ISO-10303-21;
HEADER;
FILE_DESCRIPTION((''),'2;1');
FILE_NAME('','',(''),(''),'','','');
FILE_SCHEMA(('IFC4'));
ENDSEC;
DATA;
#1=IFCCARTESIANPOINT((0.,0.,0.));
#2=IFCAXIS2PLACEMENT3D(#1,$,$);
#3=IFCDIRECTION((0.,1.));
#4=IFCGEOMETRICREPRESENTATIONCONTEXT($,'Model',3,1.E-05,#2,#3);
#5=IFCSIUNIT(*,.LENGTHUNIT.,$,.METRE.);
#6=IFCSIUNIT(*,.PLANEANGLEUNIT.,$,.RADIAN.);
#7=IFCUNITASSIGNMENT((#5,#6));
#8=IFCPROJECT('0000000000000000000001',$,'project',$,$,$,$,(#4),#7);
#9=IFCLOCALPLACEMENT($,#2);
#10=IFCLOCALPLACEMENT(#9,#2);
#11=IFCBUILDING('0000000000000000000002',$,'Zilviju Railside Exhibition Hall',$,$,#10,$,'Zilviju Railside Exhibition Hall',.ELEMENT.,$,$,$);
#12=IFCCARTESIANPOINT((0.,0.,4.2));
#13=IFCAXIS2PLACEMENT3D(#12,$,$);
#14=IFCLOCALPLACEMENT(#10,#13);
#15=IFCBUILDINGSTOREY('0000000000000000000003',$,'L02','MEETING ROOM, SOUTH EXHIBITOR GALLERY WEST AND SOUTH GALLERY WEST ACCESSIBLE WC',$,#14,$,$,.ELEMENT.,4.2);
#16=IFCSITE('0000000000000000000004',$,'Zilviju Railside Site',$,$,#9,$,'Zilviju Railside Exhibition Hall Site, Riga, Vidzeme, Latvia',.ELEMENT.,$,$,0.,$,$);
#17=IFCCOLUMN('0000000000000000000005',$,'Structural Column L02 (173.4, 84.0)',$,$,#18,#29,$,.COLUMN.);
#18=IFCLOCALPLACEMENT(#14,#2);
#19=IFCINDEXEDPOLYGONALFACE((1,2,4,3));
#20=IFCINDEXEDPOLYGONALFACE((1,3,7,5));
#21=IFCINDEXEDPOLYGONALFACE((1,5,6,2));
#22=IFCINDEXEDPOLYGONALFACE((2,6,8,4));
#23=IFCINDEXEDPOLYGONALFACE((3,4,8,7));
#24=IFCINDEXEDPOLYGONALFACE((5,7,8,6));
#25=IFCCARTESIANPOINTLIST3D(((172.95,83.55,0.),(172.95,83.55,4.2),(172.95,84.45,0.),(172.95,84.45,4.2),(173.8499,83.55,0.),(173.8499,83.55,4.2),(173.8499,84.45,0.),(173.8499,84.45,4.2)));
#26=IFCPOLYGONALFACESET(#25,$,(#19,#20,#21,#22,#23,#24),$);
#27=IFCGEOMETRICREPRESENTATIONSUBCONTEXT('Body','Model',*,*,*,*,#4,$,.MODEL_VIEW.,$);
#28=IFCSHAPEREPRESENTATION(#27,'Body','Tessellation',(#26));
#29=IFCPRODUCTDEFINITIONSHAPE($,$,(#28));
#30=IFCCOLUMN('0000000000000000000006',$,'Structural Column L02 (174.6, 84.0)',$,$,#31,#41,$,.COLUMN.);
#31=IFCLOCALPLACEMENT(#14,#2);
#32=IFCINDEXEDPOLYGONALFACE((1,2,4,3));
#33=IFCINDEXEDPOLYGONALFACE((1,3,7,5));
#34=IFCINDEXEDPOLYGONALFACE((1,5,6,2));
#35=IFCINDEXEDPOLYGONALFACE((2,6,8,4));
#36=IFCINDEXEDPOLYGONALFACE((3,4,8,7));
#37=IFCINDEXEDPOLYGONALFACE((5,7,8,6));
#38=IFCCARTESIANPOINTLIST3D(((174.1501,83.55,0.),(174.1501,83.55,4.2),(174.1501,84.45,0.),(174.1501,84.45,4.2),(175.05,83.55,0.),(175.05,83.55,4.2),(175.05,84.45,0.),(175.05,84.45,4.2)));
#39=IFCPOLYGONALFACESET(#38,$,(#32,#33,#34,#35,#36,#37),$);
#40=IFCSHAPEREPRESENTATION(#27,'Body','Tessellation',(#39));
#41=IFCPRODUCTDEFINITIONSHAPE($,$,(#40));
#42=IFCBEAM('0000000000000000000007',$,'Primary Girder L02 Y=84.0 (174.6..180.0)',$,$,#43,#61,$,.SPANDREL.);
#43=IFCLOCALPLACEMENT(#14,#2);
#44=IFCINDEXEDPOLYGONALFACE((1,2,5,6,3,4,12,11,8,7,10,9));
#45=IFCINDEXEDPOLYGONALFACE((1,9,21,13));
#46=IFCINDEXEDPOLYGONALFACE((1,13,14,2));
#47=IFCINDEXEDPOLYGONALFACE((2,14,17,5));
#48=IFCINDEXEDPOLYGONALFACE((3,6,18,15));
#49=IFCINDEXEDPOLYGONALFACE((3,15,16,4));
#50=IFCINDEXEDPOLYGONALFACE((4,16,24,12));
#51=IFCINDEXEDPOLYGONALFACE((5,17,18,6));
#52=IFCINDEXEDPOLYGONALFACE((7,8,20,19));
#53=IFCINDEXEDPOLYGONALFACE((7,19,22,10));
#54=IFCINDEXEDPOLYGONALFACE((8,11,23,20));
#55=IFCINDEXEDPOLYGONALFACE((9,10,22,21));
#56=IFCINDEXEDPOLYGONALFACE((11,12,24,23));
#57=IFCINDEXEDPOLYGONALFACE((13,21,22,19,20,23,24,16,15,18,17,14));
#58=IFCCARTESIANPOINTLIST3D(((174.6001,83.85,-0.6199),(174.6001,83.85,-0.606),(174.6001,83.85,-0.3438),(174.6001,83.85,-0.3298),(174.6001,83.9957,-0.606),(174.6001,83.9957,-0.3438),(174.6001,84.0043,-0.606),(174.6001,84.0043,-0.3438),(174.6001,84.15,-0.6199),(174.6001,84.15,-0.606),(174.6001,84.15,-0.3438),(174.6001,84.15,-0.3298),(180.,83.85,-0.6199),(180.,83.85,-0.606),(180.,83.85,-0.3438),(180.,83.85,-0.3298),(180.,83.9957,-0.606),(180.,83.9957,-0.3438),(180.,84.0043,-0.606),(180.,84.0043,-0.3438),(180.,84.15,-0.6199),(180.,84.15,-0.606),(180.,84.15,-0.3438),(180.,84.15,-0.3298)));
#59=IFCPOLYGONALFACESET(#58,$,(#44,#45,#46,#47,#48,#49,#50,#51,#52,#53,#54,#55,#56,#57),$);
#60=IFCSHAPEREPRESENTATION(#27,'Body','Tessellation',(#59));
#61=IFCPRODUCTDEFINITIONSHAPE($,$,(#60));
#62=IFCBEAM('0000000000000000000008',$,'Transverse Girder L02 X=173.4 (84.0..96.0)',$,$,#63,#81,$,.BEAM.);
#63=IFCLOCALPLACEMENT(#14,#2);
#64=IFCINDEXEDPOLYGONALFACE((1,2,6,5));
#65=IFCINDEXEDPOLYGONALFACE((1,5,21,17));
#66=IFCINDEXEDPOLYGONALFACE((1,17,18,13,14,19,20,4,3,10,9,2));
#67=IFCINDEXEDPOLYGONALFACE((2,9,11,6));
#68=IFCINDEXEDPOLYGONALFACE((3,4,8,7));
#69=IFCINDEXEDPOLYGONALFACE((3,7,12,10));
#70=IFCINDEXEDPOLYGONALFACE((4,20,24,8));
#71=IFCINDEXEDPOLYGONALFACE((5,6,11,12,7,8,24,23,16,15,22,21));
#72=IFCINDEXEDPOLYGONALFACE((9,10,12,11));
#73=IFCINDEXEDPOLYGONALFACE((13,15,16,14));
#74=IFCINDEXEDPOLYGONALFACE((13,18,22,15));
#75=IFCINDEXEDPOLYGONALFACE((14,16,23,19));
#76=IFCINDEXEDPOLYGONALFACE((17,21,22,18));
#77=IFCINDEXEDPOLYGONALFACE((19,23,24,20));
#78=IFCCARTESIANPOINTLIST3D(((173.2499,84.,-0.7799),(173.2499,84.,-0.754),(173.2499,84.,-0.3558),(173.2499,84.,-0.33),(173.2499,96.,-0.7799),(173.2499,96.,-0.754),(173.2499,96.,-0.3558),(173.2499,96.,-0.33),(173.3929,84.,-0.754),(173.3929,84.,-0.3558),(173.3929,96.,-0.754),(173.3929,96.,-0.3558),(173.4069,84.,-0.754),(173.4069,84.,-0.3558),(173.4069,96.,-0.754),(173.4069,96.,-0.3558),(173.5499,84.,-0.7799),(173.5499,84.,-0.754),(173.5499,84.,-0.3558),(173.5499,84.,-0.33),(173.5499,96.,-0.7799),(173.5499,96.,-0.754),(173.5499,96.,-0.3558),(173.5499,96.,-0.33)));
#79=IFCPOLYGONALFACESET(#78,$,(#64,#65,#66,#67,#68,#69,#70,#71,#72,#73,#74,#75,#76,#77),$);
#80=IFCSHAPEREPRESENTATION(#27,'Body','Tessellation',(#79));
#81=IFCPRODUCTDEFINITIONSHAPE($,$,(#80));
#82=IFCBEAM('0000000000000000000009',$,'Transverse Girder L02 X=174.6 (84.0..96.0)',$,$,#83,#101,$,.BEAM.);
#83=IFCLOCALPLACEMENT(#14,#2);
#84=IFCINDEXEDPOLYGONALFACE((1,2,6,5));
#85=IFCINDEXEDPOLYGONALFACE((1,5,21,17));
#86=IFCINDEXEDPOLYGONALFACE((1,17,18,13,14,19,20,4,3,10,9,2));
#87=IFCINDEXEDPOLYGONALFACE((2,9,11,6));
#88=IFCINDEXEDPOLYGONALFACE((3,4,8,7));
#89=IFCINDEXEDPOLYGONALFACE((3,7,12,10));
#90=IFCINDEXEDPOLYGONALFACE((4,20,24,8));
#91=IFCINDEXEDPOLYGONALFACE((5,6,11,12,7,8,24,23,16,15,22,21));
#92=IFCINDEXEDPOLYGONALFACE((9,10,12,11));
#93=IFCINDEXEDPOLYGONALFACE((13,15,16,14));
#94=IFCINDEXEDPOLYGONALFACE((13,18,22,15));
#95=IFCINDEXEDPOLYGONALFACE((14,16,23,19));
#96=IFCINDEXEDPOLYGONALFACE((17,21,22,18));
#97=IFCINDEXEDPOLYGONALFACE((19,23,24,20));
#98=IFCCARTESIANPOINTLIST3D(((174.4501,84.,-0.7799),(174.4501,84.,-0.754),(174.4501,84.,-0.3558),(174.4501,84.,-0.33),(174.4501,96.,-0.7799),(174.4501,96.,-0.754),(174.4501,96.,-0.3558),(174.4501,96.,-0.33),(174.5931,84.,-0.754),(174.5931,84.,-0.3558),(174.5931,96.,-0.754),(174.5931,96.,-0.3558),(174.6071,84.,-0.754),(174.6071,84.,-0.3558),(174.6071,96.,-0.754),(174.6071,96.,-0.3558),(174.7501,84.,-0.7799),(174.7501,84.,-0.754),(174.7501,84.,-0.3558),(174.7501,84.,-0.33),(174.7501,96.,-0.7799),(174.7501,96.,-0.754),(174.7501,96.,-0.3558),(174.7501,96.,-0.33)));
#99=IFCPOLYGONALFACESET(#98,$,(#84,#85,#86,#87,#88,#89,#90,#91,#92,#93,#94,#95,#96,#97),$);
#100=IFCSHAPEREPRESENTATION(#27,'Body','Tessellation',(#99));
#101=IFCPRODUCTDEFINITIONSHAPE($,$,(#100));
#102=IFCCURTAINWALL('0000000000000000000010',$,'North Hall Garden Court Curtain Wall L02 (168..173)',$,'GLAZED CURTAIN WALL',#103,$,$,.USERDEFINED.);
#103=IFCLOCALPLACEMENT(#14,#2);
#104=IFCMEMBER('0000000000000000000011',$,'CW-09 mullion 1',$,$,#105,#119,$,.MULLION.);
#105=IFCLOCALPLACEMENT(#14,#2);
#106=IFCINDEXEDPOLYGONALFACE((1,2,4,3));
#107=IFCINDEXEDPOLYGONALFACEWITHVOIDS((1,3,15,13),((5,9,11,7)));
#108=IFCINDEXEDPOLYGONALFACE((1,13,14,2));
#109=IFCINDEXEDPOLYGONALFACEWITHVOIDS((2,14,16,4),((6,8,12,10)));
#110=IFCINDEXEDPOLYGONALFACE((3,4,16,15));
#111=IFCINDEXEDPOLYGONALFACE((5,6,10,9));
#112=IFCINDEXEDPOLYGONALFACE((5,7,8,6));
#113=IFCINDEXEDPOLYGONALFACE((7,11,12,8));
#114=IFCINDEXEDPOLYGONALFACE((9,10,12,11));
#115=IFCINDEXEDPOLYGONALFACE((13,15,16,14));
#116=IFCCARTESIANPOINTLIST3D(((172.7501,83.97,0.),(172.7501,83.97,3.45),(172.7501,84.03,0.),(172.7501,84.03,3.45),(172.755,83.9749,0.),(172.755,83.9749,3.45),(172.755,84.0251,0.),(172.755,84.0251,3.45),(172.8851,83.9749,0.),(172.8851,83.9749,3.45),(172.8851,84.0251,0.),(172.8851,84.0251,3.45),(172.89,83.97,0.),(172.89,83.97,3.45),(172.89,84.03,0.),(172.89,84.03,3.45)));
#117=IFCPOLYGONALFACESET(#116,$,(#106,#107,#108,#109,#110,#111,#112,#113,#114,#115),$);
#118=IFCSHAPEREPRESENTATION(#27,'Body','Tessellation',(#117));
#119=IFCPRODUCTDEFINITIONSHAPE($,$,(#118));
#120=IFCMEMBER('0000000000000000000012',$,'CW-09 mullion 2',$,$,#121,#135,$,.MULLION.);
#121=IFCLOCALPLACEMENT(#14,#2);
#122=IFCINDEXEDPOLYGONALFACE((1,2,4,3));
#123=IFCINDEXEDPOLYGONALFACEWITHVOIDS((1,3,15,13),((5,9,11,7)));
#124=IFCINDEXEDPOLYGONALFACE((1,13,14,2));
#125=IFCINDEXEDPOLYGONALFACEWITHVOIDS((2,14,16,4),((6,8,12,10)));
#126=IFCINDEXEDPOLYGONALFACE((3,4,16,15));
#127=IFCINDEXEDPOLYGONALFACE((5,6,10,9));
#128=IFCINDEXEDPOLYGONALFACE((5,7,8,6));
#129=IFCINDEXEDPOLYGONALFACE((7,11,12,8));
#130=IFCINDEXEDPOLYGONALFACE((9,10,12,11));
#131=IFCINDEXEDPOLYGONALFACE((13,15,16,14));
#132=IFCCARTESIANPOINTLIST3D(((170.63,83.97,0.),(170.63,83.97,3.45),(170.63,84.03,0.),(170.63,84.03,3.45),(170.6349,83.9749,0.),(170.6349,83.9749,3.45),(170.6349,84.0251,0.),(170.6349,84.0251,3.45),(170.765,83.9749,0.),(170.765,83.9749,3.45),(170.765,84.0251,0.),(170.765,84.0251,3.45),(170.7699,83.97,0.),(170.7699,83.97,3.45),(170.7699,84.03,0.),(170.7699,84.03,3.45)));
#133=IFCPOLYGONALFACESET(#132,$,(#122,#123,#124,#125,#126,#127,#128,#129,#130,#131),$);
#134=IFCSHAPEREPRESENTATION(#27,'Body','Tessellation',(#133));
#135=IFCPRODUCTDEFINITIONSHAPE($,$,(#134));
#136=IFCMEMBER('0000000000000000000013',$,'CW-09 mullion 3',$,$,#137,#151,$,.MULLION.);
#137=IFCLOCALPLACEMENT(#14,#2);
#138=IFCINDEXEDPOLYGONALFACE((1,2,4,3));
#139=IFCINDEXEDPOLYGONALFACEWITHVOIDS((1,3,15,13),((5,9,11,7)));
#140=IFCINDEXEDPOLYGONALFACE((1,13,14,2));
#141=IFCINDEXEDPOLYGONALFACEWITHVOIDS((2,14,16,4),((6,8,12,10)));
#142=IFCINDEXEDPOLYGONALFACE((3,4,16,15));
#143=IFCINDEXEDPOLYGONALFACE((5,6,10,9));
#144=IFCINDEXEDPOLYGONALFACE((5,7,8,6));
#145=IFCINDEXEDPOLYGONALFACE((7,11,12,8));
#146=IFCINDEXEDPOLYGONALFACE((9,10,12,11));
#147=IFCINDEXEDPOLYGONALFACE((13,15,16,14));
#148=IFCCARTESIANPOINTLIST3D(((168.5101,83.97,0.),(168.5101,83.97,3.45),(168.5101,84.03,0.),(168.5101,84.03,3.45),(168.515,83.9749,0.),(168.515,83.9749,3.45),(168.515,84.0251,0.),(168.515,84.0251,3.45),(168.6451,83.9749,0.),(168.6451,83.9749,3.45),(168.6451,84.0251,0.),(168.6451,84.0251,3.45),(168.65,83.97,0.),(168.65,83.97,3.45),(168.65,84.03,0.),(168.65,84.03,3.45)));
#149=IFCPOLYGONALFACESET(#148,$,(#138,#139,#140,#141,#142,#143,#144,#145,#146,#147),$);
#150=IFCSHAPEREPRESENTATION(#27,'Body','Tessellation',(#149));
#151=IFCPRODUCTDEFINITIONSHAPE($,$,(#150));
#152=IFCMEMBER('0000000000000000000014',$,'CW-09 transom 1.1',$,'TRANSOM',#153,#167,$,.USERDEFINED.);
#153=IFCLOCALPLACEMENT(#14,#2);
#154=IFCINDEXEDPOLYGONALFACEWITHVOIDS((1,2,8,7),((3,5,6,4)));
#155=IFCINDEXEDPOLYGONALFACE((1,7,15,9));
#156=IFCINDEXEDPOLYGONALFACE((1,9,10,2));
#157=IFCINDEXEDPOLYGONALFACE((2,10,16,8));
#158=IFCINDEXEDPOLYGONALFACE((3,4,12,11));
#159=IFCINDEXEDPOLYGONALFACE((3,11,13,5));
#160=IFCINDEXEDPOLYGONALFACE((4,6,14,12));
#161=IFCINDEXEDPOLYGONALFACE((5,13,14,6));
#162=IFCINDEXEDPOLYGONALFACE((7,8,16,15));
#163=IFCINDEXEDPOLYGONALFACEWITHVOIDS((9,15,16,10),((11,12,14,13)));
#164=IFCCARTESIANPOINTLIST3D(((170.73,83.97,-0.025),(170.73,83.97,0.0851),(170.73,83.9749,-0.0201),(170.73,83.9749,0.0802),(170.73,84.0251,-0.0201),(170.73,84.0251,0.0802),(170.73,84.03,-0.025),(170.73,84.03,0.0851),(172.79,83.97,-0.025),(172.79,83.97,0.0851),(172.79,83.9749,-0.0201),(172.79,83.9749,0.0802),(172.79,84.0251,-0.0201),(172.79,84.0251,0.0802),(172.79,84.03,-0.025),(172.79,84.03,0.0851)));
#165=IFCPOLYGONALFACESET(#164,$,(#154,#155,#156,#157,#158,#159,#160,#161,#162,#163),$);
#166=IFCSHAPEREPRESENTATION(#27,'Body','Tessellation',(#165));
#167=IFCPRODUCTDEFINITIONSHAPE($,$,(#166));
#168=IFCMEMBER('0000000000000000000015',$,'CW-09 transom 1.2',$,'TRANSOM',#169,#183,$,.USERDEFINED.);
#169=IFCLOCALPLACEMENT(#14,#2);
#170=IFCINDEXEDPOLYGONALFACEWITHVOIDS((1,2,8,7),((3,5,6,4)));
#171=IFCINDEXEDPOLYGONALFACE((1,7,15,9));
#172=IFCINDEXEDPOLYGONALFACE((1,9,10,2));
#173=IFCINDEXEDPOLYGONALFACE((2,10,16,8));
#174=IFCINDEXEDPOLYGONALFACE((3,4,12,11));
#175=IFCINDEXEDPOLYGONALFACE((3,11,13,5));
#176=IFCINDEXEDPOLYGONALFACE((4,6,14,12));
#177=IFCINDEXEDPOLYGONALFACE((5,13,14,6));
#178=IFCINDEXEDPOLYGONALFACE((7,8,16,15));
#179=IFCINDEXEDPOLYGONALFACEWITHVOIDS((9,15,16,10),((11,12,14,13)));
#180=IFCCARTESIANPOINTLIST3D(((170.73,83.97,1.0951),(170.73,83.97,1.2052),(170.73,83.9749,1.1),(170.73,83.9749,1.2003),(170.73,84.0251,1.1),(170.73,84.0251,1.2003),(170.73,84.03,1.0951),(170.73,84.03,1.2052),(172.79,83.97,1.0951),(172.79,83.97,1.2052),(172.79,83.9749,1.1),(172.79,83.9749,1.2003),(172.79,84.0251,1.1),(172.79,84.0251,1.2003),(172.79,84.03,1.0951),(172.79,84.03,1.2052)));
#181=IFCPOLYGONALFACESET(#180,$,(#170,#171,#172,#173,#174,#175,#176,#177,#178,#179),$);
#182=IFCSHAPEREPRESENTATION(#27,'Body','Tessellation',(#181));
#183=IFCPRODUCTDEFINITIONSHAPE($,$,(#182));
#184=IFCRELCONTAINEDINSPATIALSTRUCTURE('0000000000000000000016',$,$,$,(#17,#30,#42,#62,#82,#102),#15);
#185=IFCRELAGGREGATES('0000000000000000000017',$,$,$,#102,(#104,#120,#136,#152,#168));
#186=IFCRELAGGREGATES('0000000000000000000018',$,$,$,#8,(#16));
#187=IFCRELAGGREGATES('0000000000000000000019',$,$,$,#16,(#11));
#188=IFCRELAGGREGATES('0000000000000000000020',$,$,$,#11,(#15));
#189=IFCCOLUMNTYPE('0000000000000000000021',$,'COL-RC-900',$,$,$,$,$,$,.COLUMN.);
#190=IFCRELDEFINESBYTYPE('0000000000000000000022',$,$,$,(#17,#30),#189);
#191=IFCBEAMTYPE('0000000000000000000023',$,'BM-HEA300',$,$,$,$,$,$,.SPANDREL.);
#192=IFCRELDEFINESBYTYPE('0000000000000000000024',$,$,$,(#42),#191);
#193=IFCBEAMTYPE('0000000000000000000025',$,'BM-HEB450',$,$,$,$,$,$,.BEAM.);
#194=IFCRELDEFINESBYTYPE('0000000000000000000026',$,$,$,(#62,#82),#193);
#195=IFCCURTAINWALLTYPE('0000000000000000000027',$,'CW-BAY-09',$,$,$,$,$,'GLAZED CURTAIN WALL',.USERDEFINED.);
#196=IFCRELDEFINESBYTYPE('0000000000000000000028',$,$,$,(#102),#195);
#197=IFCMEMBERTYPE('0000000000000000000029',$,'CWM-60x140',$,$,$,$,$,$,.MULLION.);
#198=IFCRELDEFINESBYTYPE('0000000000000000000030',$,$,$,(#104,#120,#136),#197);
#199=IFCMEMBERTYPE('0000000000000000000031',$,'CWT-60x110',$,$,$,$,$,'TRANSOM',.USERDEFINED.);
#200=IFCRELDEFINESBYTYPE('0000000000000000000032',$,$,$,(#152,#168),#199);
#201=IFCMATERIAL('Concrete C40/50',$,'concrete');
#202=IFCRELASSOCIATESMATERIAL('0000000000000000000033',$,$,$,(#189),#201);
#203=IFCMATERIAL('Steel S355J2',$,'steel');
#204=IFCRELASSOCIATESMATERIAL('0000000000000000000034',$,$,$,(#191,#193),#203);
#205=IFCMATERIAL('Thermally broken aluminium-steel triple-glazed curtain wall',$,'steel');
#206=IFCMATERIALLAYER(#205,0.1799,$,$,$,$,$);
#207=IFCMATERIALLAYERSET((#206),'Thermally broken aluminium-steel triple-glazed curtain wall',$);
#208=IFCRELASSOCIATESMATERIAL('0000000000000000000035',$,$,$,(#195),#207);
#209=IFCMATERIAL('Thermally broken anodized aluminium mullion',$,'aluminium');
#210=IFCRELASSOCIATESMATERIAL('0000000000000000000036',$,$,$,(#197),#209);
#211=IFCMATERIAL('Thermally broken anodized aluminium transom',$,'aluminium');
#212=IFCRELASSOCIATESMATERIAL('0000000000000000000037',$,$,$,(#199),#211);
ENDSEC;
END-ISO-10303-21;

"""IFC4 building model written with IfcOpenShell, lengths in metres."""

from ifc_helpers import new_model, si_unit, direction, frame, origin, origin_2d, place, context, subcontext, project, spatial, rectangle, hollow_rectangle, i_section, extrude, material, layer, layer_set, material_profile, profile_set, type_object, element, aggregate, save


model = new_model("IFC4")

# Units and contexts
model_context = context("Model", 3, precision=1e-05, world=origin(), true_north=direction((0.0, 1.0)))
body_context = subcontext(model_context, "Body", "Model", "MODEL_VIEW")
ifc_project = project(units=[si_unit("LENGTHUNIT", "METRE"), si_unit("PLANEANGLEUNIT", "RADIAN")], contexts=[model_context])

# Site, building, storey
site_placement = place(None, origin())
site = spatial("IfcSite", under=ifc_project, at=site_placement, Name="Zilviju Railside Site", LongName="Zilviju Railside Exhibition Hall Site, Riga, Vidzeme, Latvia", CompositionType="ELEMENT", RefElevation=0.0)
building_placement = place(site_placement, origin())
building = spatial("IfcBuilding", under=site, at=building_placement, Name="Zilviju Railside Exhibition Hall", LongName="Zilviju Railside Exhibition Hall", CompositionType="ELEMENT")
storey_placement = place(building_placement, frame((0.0, 0.0, 4.2)))
storey = spatial("IfcBuildingStorey", under=building, at=storey_placement, Name="L02", Description="MEETING ROOM, SOUTH EXHIBITOR GALLERY WEST AND SOUTH GALLERY WEST ACCESSIBLE WC", CompositionType="ELEMENT", Elevation=4.2)

# Columns
ifc_material_1 = material(Name="Concrete C40/50", Category="concrete")
ifc_material_profile_1 = material_profile(ifc_material_1, rectangle(XDim=0.8999, YDim=0.8999, at=origin_2d()), Name="RC COL 900x900")
ifc_profile_set_1 = profile_set([ifc_material_profile_1], Name="Concrete C40/50")
column_type = type_object("IfcColumnType", Name="COL-RC-900", PredefinedType="COLUMN", material=ifc_profile_set_1)
for number, where, z_axis, x_axis, name in (
    (1, (173.3999, 84.0, 0.0), (0.0, 0.0, 1.0), (1.0, 0.0, 0.0), "Structural Column L02 (173.4, 84.0)"),
    (2, (174.6001, 84.0, 0.0), (0.0, 0.0, 1.0), (1.0, 0.0, 0.0), "Structural Column L02 (174.6, 84.0)"),
):
    element("IfcColumn", number, at=place(storey_placement, frame(where, z_axis=z_axis, x_axis=x_axis)), inside=storey, type_object=column_type, Name=name, PredefinedType="COLUMN", context=body_context, shape_type="SweptSolid", body=[
        extrude(rectangle(XDim=0.8999, YDim=0.8999, at=origin_2d()), origin(), (0.0, 0.0, 1.0), 4.2),
    ])

# Beams
ifc_material_2 = material(Name="Steel S355J2", Category="steel")
ifc_material_profile_2 = material_profile(ifc_material_2, i_section(OverallWidth=0.3, OverallDepth=0.29, WebThickness=0.0085, FlangeThickness=0.0139, at=origin_2d()), Name="HEA 300")
ifc_profile_set_2 = profile_set([ifc_material_profile_2], Name="Steel S355J2")
beam_type_1 = type_object("IfcBeamType", Name="BM-HEA300", PredefinedType="SPANDREL", material=ifc_profile_set_2)
beam_placement = place(storey_placement, frame((174.6001, 84.0, -0.4749), z_axis=(1.0, 0.0, 0.0), x_axis=(0.0, 1.0, 0.0)))
element("IfcBeam", 3, at=beam_placement, inside=storey, type_object=beam_type_1, Name="Primary Girder L02 Y=84.0 (174.6..180.0)", PredefinedType="SPANDREL", context=body_context, shape_type="SweptSolid", body=[
    extrude(i_section(OverallWidth=0.3, OverallDepth=0.29, WebThickness=0.0085, FlangeThickness=0.0139, at=origin_2d()), origin(), (0.0, 0.0, 1.0), 5.3999),
])
ifc_material_profile_3 = material_profile(ifc_material_2, i_section(OverallWidth=0.3, OverallDepth=0.45, WebThickness=0.0139, FlangeThickness=0.0259, at=origin_2d()), Name="HEB 450")
ifc_profile_set_3 = profile_set([ifc_material_profile_3], Name="Steel S355J2")
beam_type_2 = type_object("IfcBeamType", Name="BM-HEB450", PredefinedType="BEAM", material=ifc_profile_set_3)
for number, where, z_axis, x_axis, name in (
    (4, (173.3999, 84.0, -0.5549), (0.0, 1.0, 0.0), (-1.0, 0.0, 0.0), "Transverse Girder L02 X=173.4 (84.0..96.0)"),
    (5, (174.6001, 84.0, -0.5549), (0.0, 1.0, 0.0), (-1.0, 0.0, 0.0), "Transverse Girder L02 X=174.6 (84.0..96.0)"),
):
    element("IfcBeam", number, at=place(storey_placement, frame(where, z_axis=z_axis, x_axis=x_axis)), inside=storey, type_object=beam_type_2, Name=name, PredefinedType="BEAM", context=body_context, shape_type="SweptSolid", body=[
        extrude(i_section(OverallWidth=0.3, OverallDepth=0.45, WebThickness=0.0139, FlangeThickness=0.0259, at=origin_2d()), origin(), (0.0, 0.0, 1.0), 12.0),
    ])

# Curtain wall, members
ifc_material_3 = material(Name="Thermally broken aluminium-steel triple-glazed curtain wall", Category="steel")
ifc_layer_1 = layer(ifc_material_3, 0.1799)
ifc_layer_set_1 = layer_set([ifc_layer_1], Name="Thermally broken aluminium-steel triple-glazed curtain wall")
curtain_wall_type = type_object("IfcCurtainWallType", Name="CW-BAY-09", ElementType="GLAZED CURTAIN WALL", PredefinedType="USERDEFINED", material=ifc_layer_set_1)
curtain_wall_placement = place(storey_placement, origin())
curtain_wall = element("IfcCurtainWall", 6, at=curtain_wall_placement, inside=storey, type_object=curtain_wall_type, Name="North Hall Garden Court Curtain Wall L02 (168..173)", ObjectType="GLAZED CURTAIN WALL", PredefinedType="USERDEFINED")
ifc_material_4 = material(Name="Thermally broken anodized aluminium mullion", Category="aluminium")
ifc_material_profile_4 = material_profile(ifc_material_4, hollow_rectangle(XDim=0.0601, YDim=0.1399, WallThickness=0.0049, at=origin_2d()), Name="MULLION 140x60x5")
ifc_profile_set_4 = profile_set([ifc_material_profile_4], Name="Thermally broken anodized aluminium mullion")
member_type_1 = type_object("IfcMemberType", Name="CWM-60x140", PredefinedType="MULLION", material=ifc_profile_set_4)
member_1_placement = place(storey_placement, frame((172.8201, 84.0, 0.0), z_axis=(0.0, 0.0, 1.0), x_axis=(0.0, -1.0, 0.0)))
member_1 = element("IfcMember", 7, at=member_1_placement, type_object=member_type_1, Name="CW-09 mullion 1", PredefinedType="MULLION", context=body_context, shape_type="SweptSolid", body=[
    extrude(hollow_rectangle(XDim=0.0601, YDim=0.1399, WallThickness=0.0049, at=origin_2d()), origin(), (0.0, 0.0, 1.0), 3.45),
])
member_2_placement = place(storey_placement, frame((170.7, 84.0, 0.0), z_axis=(0.0, 0.0, 1.0), x_axis=(0.0, -1.0, 0.0)))
member_2 = element("IfcMember", 8, at=member_2_placement, type_object=member_type_1, Name="CW-09 mullion 2", PredefinedType="MULLION", context=body_context, shape_type="SweptSolid", body=[
    extrude(hollow_rectangle(XDim=0.0601, YDim=0.1399, WallThickness=0.0049, at=origin_2d()), origin(), (0.0, 0.0, 1.0), 3.45),
])
member_3_placement = place(storey_placement, frame((168.5801, 84.0, 0.0), z_axis=(0.0, 0.0, 1.0), x_axis=(0.0, -1.0, 0.0)))
member_3 = element("IfcMember", 9, at=member_3_placement, type_object=member_type_1, Name="CW-09 mullion 3", PredefinedType="MULLION", context=body_context, shape_type="SweptSolid", body=[
    extrude(hollow_rectangle(XDim=0.0601, YDim=0.1399, WallThickness=0.0049, at=origin_2d()), origin(), (0.0, 0.0, 1.0), 3.45),
])
ifc_material_5 = material(Name="Thermally broken anodized aluminium transom", Category="aluminium")
ifc_material_profile_5 = material_profile(ifc_material_5, hollow_rectangle(XDim=0.0601, YDim=0.1101, WallThickness=0.0049, at=origin_2d()), Name="TRANSOM 110x60x5")
ifc_profile_set_5 = profile_set([ifc_material_profile_5], Name="Thermally broken anodized aluminium transom")
member_type_2 = type_object("IfcMemberType", Name="CWT-60x110", ElementType="TRANSOM", PredefinedType="USERDEFINED", material=ifc_profile_set_5)
member_4_placement = place(storey_placement, frame((172.79, 84.0, 0.03), z_axis=(-1.0, 0.0, 0.0), x_axis=(0.0, -1.0, 0.0)))
member_4 = element("IfcMember", 10, at=member_4_placement, type_object=member_type_2, Name="CW-09 transom 1.1", ObjectType="TRANSOM", PredefinedType="USERDEFINED", context=body_context, shape_type="SweptSolid", body=[
    extrude(hollow_rectangle(XDim=0.0601, YDim=0.1101, WallThickness=0.0049, at=origin_2d()), origin(), (0.0, 0.0, 1.0), 2.0601),
])
member_5_placement = place(storey_placement, frame((172.79, 84.0, 1.1501), z_axis=(-1.0, 0.0, 0.0), x_axis=(0.0, -1.0, 0.0)))
member_5 = element("IfcMember", 11, at=member_5_placement, type_object=member_type_2, Name="CW-09 transom 1.2", ObjectType="TRANSOM", PredefinedType="USERDEFINED", context=body_context, shape_type="SweptSolid", body=[
    extrude(hollow_rectangle(XDim=0.0601, YDim=0.1101, WallThickness=0.0049, at=origin_2d()), origin(), (0.0, 0.0, 1.0), 2.0601),
])
aggregate(curtain_wall, [member_1, member_2, member_3, member_4, member_5])

save(model, "model.ifc")
